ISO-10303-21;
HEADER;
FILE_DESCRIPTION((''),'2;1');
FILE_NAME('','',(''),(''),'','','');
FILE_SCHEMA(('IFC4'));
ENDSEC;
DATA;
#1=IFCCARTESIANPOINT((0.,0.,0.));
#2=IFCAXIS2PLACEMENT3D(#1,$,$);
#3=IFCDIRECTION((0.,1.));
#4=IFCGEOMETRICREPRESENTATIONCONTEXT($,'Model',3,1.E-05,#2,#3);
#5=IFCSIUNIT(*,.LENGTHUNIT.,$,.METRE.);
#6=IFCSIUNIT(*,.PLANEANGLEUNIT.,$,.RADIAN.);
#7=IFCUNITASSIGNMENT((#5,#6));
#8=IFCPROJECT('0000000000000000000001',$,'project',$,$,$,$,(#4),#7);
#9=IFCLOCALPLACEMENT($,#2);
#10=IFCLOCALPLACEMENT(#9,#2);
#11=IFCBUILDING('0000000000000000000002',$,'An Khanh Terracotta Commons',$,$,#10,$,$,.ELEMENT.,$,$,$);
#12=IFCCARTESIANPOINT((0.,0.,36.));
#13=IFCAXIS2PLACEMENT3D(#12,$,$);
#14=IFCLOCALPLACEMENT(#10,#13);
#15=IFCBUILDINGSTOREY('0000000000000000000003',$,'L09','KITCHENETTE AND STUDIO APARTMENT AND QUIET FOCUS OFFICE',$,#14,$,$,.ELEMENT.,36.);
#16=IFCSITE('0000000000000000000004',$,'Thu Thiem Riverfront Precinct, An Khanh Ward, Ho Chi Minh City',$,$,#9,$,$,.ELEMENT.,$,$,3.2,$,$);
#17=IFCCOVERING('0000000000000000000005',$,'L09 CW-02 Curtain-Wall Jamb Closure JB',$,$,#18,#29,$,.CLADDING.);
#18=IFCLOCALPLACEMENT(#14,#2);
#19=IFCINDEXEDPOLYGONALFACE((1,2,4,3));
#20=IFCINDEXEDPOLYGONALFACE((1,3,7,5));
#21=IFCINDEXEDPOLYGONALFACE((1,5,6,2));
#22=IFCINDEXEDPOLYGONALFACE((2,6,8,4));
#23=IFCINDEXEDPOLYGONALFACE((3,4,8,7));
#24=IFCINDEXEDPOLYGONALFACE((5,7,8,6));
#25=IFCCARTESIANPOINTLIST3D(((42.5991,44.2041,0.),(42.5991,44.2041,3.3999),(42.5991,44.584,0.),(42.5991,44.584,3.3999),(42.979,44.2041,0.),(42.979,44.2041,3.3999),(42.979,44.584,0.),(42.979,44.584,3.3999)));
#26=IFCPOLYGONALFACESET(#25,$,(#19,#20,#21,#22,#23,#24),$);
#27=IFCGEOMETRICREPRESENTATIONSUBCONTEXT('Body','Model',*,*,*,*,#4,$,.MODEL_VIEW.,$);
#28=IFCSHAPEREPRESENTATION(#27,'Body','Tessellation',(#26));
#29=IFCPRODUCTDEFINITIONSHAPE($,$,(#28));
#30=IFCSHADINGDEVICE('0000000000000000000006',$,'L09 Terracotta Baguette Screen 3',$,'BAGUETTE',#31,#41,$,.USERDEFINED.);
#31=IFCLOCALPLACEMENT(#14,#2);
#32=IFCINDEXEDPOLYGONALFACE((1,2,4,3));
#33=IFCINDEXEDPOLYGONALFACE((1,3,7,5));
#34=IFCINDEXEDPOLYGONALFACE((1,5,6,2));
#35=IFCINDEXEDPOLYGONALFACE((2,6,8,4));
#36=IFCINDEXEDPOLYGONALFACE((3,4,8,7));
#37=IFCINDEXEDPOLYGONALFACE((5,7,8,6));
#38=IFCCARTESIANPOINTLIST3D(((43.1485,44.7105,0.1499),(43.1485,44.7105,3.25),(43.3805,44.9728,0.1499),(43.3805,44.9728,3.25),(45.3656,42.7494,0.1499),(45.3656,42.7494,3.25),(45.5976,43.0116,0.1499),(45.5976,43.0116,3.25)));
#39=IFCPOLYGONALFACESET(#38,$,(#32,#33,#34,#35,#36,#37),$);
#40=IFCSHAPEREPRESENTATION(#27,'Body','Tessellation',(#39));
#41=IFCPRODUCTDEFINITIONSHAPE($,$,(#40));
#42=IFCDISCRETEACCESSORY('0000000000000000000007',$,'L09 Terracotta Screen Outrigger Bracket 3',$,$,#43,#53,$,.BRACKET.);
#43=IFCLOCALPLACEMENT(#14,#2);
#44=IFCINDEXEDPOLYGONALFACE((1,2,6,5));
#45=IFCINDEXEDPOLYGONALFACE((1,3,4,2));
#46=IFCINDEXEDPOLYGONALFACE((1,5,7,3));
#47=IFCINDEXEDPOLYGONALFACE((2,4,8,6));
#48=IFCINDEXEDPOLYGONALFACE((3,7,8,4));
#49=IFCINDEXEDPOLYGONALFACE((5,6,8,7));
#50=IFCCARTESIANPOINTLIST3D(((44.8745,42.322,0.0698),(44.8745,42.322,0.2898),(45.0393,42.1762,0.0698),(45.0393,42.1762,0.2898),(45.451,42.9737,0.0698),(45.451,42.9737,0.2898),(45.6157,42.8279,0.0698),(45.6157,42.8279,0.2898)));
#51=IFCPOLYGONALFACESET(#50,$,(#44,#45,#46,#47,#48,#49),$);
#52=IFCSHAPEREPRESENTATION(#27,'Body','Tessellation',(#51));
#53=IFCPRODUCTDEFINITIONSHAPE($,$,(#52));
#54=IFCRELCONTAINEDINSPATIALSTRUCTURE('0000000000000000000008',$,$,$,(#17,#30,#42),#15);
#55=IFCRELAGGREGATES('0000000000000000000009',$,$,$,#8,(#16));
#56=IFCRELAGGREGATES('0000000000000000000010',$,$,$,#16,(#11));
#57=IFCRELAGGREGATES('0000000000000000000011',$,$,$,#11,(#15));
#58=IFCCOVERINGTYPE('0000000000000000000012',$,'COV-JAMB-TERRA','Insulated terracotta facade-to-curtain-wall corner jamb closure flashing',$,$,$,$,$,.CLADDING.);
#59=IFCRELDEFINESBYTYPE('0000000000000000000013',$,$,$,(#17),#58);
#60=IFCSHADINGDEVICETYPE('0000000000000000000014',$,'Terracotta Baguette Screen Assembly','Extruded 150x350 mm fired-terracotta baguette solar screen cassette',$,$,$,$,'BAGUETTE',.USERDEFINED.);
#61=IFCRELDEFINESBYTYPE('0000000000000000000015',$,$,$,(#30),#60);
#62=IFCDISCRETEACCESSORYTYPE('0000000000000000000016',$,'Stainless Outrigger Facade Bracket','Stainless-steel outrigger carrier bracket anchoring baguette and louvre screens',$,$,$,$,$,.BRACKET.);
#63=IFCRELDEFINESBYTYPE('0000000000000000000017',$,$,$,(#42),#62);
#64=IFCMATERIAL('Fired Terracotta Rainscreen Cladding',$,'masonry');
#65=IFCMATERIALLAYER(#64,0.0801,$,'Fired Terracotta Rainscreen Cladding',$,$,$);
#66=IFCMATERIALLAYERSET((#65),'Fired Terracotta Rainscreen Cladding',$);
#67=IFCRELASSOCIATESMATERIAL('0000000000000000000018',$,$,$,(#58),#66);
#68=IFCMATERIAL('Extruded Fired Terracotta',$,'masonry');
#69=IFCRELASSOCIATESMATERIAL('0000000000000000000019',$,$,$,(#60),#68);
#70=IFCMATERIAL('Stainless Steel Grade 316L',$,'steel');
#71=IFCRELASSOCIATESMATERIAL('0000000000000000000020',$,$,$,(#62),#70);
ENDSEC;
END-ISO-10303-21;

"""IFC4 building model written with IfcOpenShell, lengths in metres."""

from ifc_helpers import new_model, si_unit, direction, frame, origin, origin_2d, place, context, subcontext, project, spatial, rectangle, extrude, material, layer, layer_set, type_object, element, save


model = new_model("IFC4")

# Units and contexts
model_context = context("Model", 3, precision=1e-05, world=origin(), true_north=direction((0.0, 1.0)))
body_context = subcontext(model_context, "Body", "Model", "MODEL_VIEW")
ifc_project = project(units=[si_unit("LENGTHUNIT", "METRE"), si_unit("PLANEANGLEUNIT", "RADIAN")], contexts=[model_context])

# Site, building, storey
site_placement = place(None, origin())
site = spatial("IfcSite", under=ifc_project, at=site_placement, Name="Thu Thiem Riverfront Precinct, An Khanh Ward, Ho Chi Minh City", CompositionType="ELEMENT", RefElevation=3.2)
building_placement = place(site_placement, origin())
building = spatial("IfcBuilding", under=site, at=building_placement, Name="An Khanh Terracotta Commons", CompositionType="ELEMENT")
storey_placement = place(building_placement, frame((0.0, 0.0, 36.0)))
storey = spatial("IfcBuildingStorey", under=building, at=storey_placement, Name="L09", Description="KITCHENETTE AND STUDIO APARTMENT AND QUIET FOCUS OFFICE", CompositionType="ELEMENT", Elevation=36.0)

# Covering
ifc_material_1 = material(Name="Fired Terracotta Rainscreen Cladding", Category="masonry")
ifc_layer_1 = layer(ifc_material_1, 0.0801, Name="Fired Terracotta Rainscreen Cladding")
ifc_layer_set_1 = layer_set([ifc_layer_1], Name="Fired Terracotta Rainscreen Cladding")
covering_type = type_object("IfcCoveringType", Name="COV-JAMB-TERRA", Description="Insulated terracotta facade-to-curtain-wall corner jamb closure flashing", PredefinedType="CLADDING", material=ifc_layer_set_1)
covering_placement = place(storey_placement, frame((42.7891, 44.394, 0.0), z_axis=(0.0, 0.0, 1.0), x_axis=(1.0, 0.0, 0.0)))
element("IfcCovering", 1, at=covering_placement, inside=storey, type_object=covering_type, Name="L09 CW-02 Curtain-Wall Jamb Closure JB", PredefinedType="CLADDING", context=body_context, shape_type="SweptSolid", body=[
    extrude(rectangle(XDim=0.3799, YDim=0.3799, at=origin_2d()), origin(), (0.0, 0.0, 1.0), 3.3999),
])

# Shading device
ifc_material_2 = material(Name="Extruded Fired Terracotta", Category="masonry")
shading_device_type = type_object("IfcShadingDeviceType", Name="Terracotta Baguette Screen Assembly", Description="Extruded 150x350 mm fired-terracotta baguette solar screen cassette", ElementType="BAGUETTE", PredefinedType="USERDEFINED", material=ifc_material_2)
shading_device_placement = place(storey_placement, frame((44.373, 43.8611, 0.1499), z_axis=(0.0, 0.0, 1.0), x_axis=(-0.749019, 0.662548, 0.0)))
element("IfcShadingDevice", 2, at=shading_device_placement, inside=storey, type_object=shading_device_type, Name="L09 Terracotta Baguette Screen 3", ObjectType="BAGUETTE", PredefinedType="USERDEFINED", context=body_context, shape_type="SweptSolid", body=[
    extrude(rectangle(XDim=2.96, YDim=0.3501, at=origin_2d()), origin(), (0.0, 0.0, 1.0), 3.1001),
])

# Discrete accessory
ifc_material_3 = material(Name="Stainless Steel Grade 316L", Category="steel")
discrete_accessory_type = type_object("IfcDiscreteAccessoryType", Name="Stainless Outrigger Facade Bracket", Description="Stainless-steel outrigger carrier bracket anchoring baguette and louvre screens", PredefinedType="BRACKET", material=ifc_material_3)
discrete_accessory_placement = place(storey_placement, frame((45.2451, 42.575, 0.0698), z_axis=(0.0, 0.0, 1.0), x_axis=(-0.749019, 0.662548, 0.0)))
element("IfcDiscreteAccessory", 3, at=discrete_accessory_placement, inside=storey, type_object=discrete_accessory_type, Name="L09 Terracotta Screen Outrigger Bracket 3", PredefinedType="BRACKET", context=body_context, shape_type="SweptSolid", body=[
    extrude(rectangle(XDim=0.22, YDim=0.8701, at=origin_2d()), origin(), (0.0, 0.0, 1.0), 0.22),
])

save(model, "model.ifc")
